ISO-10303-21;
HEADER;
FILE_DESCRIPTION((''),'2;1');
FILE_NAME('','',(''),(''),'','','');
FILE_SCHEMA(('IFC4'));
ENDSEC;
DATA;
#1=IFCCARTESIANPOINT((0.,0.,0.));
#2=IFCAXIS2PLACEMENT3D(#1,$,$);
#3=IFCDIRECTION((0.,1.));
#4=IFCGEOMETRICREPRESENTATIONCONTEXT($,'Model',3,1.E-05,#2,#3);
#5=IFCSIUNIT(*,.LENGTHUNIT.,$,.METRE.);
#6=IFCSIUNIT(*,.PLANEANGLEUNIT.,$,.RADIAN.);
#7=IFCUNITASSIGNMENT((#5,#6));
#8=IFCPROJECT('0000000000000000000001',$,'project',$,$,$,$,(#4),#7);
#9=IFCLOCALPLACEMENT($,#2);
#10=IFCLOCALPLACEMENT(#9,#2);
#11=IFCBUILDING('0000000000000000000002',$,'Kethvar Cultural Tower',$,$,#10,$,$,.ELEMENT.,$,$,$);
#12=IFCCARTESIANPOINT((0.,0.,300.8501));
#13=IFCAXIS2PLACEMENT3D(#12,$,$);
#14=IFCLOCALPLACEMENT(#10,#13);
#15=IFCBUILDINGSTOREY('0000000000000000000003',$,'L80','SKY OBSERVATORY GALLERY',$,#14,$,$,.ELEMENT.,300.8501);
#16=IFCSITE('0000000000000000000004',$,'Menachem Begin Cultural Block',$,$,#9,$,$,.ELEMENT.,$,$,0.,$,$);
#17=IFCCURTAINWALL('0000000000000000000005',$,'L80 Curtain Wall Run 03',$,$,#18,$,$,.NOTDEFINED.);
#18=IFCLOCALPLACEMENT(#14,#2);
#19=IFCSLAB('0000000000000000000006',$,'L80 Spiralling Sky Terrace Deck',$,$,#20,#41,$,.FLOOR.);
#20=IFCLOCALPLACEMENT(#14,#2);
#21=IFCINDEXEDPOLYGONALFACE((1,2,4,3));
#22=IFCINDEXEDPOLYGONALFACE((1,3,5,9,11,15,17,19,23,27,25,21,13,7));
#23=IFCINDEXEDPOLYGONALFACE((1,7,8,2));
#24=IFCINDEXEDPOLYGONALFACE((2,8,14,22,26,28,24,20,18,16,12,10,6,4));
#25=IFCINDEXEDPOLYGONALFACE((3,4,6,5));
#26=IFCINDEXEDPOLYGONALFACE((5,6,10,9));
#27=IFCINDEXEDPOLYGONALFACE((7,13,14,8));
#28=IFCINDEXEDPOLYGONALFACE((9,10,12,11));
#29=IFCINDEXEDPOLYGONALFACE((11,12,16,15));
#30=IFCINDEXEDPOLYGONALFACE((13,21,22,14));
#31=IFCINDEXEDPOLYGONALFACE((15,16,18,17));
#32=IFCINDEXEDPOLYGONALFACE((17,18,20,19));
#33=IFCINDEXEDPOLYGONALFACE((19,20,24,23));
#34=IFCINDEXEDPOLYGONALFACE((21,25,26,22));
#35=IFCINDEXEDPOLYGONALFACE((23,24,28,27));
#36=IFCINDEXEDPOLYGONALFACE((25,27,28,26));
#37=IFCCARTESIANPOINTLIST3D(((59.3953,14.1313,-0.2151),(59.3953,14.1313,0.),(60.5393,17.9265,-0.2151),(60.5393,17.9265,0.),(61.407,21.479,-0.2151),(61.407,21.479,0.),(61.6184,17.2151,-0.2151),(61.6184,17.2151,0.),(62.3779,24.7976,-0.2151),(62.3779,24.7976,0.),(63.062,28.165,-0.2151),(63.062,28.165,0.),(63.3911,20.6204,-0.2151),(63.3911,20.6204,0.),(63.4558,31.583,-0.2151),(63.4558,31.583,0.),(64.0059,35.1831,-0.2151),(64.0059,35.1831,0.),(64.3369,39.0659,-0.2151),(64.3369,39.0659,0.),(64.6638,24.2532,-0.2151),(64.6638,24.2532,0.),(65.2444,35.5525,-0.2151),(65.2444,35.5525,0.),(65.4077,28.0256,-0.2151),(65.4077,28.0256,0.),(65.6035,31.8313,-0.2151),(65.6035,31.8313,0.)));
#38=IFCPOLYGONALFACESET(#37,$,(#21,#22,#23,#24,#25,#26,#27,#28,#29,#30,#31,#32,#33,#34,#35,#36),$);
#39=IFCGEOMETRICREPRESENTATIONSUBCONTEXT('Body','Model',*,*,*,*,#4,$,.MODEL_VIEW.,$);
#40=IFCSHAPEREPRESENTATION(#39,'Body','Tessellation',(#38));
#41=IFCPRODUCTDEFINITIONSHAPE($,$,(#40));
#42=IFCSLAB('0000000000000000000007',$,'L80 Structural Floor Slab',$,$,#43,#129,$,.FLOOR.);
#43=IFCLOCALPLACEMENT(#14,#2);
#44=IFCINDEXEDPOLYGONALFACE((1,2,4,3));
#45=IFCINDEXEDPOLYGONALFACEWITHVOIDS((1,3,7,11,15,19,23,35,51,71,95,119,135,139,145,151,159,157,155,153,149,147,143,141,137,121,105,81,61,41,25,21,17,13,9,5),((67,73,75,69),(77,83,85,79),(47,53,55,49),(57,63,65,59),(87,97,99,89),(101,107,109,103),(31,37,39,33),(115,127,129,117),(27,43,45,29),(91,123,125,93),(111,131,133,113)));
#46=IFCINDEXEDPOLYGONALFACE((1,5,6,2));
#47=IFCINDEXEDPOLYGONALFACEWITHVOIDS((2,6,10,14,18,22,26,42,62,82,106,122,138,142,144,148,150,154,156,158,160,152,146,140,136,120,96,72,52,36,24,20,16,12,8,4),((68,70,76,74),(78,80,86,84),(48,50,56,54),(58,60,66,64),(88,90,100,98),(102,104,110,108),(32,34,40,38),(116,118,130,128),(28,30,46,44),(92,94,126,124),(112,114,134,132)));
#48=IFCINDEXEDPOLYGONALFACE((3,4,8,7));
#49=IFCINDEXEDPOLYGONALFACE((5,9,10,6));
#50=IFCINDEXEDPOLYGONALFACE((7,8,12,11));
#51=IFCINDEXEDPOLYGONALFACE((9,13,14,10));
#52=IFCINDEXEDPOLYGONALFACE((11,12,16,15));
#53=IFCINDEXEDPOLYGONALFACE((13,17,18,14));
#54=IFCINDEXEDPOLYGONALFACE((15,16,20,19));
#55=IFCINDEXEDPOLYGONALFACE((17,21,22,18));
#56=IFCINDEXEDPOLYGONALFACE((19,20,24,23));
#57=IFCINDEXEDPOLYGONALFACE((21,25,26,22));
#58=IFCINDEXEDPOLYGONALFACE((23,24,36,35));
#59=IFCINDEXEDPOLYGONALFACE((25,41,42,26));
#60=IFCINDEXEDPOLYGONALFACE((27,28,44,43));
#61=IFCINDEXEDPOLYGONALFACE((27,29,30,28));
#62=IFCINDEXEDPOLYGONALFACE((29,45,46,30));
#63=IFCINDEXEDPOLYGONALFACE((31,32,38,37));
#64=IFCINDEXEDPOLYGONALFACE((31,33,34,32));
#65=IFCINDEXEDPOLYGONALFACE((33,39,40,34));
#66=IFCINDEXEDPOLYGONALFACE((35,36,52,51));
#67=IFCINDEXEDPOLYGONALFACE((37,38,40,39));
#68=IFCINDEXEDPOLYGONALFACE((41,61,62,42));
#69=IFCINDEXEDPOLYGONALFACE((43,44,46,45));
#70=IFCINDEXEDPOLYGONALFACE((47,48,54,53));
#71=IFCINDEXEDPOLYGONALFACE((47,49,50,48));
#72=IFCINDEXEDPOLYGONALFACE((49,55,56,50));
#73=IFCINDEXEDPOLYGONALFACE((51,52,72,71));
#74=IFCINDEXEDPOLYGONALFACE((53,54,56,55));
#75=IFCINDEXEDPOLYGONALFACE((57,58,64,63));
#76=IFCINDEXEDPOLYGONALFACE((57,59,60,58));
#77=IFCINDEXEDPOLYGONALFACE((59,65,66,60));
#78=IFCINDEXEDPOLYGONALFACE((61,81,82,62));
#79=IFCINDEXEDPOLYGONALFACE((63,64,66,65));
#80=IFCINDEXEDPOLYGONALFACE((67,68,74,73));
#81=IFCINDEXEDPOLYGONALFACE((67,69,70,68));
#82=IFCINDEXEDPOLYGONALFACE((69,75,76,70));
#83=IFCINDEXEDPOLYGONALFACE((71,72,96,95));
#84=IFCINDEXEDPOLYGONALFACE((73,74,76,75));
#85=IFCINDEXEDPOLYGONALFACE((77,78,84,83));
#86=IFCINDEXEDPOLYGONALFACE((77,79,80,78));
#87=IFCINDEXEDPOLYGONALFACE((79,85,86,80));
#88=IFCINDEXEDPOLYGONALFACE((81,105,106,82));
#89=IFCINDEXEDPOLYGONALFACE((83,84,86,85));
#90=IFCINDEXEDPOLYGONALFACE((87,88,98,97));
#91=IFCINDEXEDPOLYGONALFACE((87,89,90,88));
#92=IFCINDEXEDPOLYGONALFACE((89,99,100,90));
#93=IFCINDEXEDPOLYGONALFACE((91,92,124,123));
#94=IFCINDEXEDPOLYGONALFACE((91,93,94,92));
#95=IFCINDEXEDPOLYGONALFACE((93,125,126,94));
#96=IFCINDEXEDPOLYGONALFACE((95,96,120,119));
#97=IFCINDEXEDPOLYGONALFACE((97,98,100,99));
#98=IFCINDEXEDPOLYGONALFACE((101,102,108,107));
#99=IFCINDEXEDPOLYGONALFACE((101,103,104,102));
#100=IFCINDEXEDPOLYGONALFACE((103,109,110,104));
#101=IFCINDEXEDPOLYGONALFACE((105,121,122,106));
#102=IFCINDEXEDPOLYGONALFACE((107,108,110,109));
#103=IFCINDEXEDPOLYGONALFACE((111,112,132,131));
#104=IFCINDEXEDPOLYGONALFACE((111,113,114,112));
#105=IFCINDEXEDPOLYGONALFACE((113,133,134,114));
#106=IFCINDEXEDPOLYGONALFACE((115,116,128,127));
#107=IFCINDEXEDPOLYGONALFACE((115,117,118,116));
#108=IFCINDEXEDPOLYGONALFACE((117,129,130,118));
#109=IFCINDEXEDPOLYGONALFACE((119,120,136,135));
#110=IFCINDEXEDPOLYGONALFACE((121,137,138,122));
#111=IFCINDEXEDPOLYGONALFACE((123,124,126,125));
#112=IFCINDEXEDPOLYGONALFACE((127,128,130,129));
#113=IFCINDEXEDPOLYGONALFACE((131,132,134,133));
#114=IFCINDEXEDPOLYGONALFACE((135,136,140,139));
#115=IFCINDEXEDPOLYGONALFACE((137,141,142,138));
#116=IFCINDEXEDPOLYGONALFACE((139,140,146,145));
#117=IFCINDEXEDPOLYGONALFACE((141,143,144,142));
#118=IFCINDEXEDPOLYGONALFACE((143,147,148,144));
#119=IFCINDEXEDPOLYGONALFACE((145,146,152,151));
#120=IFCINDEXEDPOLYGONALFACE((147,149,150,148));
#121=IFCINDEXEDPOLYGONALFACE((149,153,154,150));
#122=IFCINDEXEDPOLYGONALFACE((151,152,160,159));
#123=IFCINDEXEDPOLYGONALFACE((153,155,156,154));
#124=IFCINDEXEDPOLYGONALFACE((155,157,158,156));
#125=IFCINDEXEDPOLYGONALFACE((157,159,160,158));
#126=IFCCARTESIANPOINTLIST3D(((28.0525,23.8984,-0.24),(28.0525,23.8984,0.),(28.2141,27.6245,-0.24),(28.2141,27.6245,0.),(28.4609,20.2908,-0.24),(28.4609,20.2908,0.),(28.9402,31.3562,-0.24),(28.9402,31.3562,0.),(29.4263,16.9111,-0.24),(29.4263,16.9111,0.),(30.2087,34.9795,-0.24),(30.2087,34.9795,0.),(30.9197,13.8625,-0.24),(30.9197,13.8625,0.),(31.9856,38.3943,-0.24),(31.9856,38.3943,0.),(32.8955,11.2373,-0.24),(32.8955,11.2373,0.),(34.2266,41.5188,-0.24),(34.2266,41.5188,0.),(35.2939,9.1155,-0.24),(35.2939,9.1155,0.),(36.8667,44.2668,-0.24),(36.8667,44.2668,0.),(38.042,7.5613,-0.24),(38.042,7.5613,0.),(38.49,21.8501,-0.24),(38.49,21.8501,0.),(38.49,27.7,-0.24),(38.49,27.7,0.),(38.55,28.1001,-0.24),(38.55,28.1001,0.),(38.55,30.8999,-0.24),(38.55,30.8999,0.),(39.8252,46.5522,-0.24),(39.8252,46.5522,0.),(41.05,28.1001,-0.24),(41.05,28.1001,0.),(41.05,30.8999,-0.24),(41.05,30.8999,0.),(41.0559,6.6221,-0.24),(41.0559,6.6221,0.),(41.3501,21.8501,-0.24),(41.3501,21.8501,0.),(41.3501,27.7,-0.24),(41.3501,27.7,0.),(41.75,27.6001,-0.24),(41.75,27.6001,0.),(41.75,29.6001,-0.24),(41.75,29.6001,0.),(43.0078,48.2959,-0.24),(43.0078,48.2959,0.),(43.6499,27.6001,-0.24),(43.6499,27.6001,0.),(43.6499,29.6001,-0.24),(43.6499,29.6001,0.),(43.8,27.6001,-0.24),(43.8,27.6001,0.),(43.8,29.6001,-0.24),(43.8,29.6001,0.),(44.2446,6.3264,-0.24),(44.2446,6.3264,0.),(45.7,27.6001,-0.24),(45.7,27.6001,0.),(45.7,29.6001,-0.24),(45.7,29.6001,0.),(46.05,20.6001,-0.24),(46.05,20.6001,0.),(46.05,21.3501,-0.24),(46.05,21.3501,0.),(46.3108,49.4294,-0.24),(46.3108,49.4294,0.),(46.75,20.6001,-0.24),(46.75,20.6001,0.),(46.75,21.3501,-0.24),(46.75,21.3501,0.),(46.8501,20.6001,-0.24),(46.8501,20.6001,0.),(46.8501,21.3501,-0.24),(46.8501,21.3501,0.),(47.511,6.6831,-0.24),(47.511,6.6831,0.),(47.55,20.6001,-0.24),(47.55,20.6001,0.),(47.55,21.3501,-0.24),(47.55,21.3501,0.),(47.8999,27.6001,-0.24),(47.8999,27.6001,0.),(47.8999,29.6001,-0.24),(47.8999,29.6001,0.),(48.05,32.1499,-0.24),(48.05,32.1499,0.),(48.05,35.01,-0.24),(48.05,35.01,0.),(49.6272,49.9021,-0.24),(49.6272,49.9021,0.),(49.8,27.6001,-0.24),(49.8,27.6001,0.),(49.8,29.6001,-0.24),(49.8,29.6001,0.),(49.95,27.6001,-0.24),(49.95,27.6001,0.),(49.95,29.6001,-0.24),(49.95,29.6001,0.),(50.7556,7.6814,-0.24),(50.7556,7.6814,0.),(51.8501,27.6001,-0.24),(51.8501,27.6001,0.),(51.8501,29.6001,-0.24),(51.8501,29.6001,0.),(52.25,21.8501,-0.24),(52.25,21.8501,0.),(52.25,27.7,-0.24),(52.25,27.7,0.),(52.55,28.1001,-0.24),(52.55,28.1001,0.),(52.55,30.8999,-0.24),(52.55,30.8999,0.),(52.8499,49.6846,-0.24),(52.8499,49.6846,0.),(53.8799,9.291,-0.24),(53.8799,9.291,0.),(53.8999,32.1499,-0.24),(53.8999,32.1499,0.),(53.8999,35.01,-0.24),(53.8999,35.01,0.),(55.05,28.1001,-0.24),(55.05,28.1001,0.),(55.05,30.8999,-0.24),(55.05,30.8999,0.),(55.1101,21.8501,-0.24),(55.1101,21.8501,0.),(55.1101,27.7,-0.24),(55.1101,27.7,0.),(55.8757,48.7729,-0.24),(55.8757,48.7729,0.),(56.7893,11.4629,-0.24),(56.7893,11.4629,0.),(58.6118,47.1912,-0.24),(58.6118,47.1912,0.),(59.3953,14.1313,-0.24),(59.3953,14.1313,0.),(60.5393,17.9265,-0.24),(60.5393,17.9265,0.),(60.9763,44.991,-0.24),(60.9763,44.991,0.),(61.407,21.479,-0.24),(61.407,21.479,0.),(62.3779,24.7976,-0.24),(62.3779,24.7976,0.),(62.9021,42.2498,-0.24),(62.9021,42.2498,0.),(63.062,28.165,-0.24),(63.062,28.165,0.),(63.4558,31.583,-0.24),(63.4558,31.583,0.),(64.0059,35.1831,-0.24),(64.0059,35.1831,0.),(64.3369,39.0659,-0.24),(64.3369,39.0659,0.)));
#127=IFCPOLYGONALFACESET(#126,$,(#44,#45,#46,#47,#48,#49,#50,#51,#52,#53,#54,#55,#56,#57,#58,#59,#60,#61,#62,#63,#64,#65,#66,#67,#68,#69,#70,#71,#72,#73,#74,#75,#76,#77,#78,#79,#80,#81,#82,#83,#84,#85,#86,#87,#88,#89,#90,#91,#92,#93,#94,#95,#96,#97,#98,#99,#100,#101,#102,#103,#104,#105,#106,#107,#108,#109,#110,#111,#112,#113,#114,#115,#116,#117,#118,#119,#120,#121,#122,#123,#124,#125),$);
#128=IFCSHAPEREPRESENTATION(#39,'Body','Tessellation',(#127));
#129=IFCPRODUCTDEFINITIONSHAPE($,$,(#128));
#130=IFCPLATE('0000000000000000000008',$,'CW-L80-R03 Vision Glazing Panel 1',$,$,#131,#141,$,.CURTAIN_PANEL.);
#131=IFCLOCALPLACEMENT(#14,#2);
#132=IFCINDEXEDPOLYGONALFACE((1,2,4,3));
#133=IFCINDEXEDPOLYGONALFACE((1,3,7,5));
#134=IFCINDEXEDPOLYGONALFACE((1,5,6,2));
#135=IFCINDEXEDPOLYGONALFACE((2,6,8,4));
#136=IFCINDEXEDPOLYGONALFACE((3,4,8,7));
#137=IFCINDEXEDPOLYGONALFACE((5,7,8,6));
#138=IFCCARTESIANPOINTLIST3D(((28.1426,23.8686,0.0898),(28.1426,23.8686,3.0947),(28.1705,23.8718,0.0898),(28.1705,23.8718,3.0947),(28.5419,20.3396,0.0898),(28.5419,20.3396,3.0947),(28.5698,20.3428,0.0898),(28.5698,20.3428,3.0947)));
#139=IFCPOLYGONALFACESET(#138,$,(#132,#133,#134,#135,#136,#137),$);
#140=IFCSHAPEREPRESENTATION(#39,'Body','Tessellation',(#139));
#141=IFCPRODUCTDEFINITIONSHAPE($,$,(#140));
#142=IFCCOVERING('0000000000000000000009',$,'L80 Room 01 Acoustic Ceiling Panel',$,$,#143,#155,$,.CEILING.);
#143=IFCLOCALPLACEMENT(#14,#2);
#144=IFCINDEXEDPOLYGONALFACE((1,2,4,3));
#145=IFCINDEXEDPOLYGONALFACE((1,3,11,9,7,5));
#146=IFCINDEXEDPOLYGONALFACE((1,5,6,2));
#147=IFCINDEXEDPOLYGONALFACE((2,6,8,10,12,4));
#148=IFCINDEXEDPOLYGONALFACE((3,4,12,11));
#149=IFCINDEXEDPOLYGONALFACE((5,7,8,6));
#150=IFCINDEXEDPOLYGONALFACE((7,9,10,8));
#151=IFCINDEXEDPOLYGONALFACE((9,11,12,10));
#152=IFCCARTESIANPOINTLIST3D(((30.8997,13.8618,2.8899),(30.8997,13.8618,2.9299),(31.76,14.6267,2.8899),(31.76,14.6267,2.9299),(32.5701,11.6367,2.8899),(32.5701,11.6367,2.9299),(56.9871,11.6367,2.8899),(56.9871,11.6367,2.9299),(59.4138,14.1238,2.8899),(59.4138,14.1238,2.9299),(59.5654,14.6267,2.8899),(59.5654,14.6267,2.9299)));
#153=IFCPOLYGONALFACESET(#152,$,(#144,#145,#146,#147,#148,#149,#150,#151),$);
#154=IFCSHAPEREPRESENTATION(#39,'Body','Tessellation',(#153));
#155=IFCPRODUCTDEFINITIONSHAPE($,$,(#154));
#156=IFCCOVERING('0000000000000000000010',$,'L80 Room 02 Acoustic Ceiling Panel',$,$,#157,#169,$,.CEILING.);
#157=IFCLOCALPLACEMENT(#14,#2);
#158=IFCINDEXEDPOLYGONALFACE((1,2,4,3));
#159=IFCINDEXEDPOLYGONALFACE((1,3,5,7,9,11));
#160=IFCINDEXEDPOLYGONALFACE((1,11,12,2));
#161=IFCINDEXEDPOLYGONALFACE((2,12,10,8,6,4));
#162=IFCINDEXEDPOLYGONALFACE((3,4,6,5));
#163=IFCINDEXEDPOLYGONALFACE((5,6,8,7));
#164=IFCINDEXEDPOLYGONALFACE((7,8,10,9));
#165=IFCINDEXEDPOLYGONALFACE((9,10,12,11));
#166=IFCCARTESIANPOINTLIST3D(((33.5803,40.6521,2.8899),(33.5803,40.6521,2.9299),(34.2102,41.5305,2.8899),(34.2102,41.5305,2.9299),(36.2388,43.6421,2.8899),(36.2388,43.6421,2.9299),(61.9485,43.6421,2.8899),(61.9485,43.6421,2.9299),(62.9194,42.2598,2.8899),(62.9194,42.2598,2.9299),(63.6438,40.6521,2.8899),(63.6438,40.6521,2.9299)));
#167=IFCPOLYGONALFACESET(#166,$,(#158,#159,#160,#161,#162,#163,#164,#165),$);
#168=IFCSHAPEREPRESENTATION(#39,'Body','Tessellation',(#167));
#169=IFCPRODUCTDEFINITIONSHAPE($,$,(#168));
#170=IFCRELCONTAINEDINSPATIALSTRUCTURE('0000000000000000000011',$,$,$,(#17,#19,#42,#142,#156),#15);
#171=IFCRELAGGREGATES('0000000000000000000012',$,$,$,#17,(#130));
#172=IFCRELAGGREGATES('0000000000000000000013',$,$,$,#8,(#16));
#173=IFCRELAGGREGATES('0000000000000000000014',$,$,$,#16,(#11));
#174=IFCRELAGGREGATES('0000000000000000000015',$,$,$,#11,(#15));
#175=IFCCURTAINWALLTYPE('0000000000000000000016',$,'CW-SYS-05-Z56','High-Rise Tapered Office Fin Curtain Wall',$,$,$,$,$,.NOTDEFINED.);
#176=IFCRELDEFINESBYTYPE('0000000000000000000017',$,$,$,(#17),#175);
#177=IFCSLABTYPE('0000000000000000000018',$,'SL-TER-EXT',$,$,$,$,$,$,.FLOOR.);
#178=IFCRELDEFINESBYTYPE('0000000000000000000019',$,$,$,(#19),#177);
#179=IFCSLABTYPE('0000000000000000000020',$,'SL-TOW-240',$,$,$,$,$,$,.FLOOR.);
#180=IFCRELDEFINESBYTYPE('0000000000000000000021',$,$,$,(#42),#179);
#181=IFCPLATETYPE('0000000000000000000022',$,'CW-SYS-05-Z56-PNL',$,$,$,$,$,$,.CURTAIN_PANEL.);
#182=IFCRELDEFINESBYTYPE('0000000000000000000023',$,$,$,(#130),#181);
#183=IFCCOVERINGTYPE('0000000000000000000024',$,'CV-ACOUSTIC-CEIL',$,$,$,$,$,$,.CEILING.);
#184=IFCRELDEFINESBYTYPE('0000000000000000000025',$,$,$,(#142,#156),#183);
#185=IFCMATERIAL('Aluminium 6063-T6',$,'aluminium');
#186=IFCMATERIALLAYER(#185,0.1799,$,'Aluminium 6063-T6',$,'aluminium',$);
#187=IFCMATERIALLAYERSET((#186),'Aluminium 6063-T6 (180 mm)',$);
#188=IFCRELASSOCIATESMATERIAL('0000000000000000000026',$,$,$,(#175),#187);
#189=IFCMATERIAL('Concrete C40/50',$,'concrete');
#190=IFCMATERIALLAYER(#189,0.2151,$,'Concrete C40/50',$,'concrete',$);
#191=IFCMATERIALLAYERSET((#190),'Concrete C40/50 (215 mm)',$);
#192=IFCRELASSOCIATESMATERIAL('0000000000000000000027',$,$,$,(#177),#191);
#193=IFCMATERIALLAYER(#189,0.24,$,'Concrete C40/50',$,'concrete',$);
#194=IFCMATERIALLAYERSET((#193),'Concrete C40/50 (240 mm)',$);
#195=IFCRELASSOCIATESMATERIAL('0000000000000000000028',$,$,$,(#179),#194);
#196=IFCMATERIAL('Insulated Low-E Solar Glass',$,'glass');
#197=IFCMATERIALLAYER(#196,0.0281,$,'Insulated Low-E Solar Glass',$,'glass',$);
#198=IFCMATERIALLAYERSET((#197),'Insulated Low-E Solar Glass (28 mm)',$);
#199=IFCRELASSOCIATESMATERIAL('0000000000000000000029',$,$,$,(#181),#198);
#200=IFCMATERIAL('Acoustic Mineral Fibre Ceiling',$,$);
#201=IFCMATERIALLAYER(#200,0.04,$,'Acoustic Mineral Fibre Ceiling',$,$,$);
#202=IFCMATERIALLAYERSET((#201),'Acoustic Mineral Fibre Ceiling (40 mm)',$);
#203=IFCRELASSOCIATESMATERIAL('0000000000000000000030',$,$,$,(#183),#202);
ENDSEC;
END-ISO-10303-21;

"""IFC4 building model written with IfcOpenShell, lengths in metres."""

from ifc_helpers import new_model, si_unit, direction, frame, origin, origin_2d, place, context, subcontext, project, spatial, polyline, rectangle, outline, extrude, source, transform, mapped, material, layer, layer_set, type_object, element, aggregate, save


model = new_model("IFC4")

# Units and contexts
model_context = context("Model", 3, precision=1e-05, world=origin(), true_north=direction((0.0, 1.0)))
body_context = subcontext(model_context, "Body", "Model", "MODEL_VIEW")
ifc_project = project(units=[si_unit("LENGTHUNIT", "METRE"), si_unit("PLANEANGLEUNIT", "RADIAN")], contexts=[model_context])

# Site, building, storey
site_placement = place(None, origin())
site = spatial("IfcSite", under=ifc_project, at=site_placement, Name="Menachem Begin Cultural Block", CompositionType="ELEMENT", RefElevation=0.0)
building_placement = place(site_placement, origin())
building = spatial("IfcBuilding", under=site, at=building_placement, Name="Kethvar Cultural Tower", CompositionType="ELEMENT")
storey_placement = place(building_placement, frame((0.0, 0.0, 300.8501)))
storey = spatial("IfcBuildingStorey", under=building, at=storey_placement, Name="L80", Description="SKY OBSERVATORY GALLERY", CompositionType="ELEMENT", Elevation=300.8501)

# Shared definitions
ifc_material_1 = material(Name="Aluminium 6063-T6", Category="aluminium")
ifc_layer_1 = layer(ifc_material_1, 0.1799, Name="Aluminium 6063-T6", Category="aluminium")
ifc_layer_set_1 = layer_set([ifc_layer_1], Name="Aluminium 6063-T6 (180 mm)")
curtain_wall_type = type_object("IfcCurtainWallType", Name="CW-SYS-05-Z56", Description="High-Rise Tapered Office Fin Curtain Wall", PredefinedType="NOTDEFINED", material=ifc_layer_set_1)

# Curtain wall
curtain_wall_1_placement = place(storey_placement, origin())
curtain_wall_1 = element("IfcCurtainWall", 1, at=curtain_wall_1_placement, inside=storey, type_object=curtain_wall_type, Name="L80 Curtain Wall Run 03", PredefinedType="NOTDEFINED")

# Shared definitions
ifc_material_2 = material(Name="Concrete C40/50", Category="concrete")

# Slabs
ifc_layer_2 = layer(ifc_material_2, 0.2151, Name="Concrete C40/50", Category="concrete")
ifc_layer_set_2 = layer_set([ifc_layer_2], Name="Concrete C40/50 (215 mm)")
slab_type_1 = type_object("IfcSlabType", Name="SL-TER-EXT", PredefinedType="FLOOR", material=ifc_layer_set_2)
slab_1_placement = place(storey_placement, frame((0.0, 0.0, -0.2151)))
element("IfcSlab", 2, at=slab_1_placement, inside=storey, type_object=slab_type_1, Name="L80 Spiralling Sky Terrace Deck", PredefinedType="FLOOR", context=body_context, shape_type="SweptSolid", body=[
    extrude(outline(polyline([(59.3953, 14.1313), (61.6184, 17.2151), (63.3911, 20.6204), (64.6638, 24.2532), (65.4077, 28.0256), (65.6035, 31.8313), (65.2444, 35.5525), (64.3369, 39.0659), (64.0059, 35.1831), (63.4558, 31.583), (63.062, 28.165), (62.3779, 24.7976), (61.407, 21.479), (60.5393, 17.9265), (59.3953, 14.1313)])), origin(), (0.0, 0.0, 1.0), 0.2151),
])
ifc_layer_3 = layer(ifc_material_2, 0.24, Name="Concrete C40/50", Category="concrete")
ifc_layer_set_3 = layer_set([ifc_layer_3], Name="Concrete C40/50 (240 mm)")
slab_type_2 = type_object("IfcSlabType", Name="SL-TOW-240", PredefinedType="FLOOR", material=ifc_layer_set_3)
slab_2_placement = place(storey_placement, frame((0.0, 0.0, -0.24)))
element("IfcSlab", 3, at=slab_2_placement, inside=storey, type_object=slab_type_2, Name="L80 Structural Floor Slab", PredefinedType="FLOOR", context=body_context, shape_type="SweptSolid", body=[
    extrude(outline(polyline([(55.8757, 48.7729), (52.8499, 49.6846), (49.6272, 49.9021), (46.3108, 49.4294), (43.0078, 48.2959), (39.8252, 46.5522), (36.8667, 44.2668), (34.2266, 41.5188), (31.9856, 38.3943), (30.2087, 34.9795), (28.9402, 31.3562), (28.2141, 27.6245), (28.0525, 23.8984), (28.4609, 20.2908), (29.4263, 16.9111), (30.9197, 13.8625), (32.8955, 11.2373), (35.2939, 9.1155), (38.042, 7.5613), (41.0559, 6.6221), (44.2446, 6.3264), (47.511, 6.6831), (50.7556, 7.6814), (53.8799, 9.291), (56.7893, 11.4629), (59.3953, 14.1313), (60.5393, 17.9265), (61.407, 21.479), (62.3779, 24.7976), (63.062, 28.165), (63.4558, 31.583), (64.0059, 35.1831), (64.3369, 39.0659), (62.9021, 42.2498), (60.9763, 44.991), (58.6118, 47.1912), (55.8757, 48.7729)]), holes=[polyline([(38.49, 21.8501), (38.49, 27.7), (41.3501, 27.7), (41.3501, 21.8501), (38.49, 21.8501)]), polyline([(52.25, 21.8501), (52.25, 27.7), (55.1101, 27.7), (55.1101, 21.8501), (52.25, 21.8501)]), polyline([(53.8999, 32.1499), (48.05, 32.1499), (48.05, 35.01), (53.8999, 35.01), (53.8999, 32.1499)]), polyline([(41.75, 29.6001), (43.6499, 29.6001), (43.6499, 27.6001), (41.75, 27.6001), (41.75, 29.6001)]), polyline([(43.8, 29.6001), (45.7, 29.6001), (45.7, 27.6001), (43.8, 27.6001), (43.8, 29.6001)]), polyline([(47.8999, 29.6001), (49.8, 29.6001), (49.8, 27.6001), (47.8999, 27.6001), (47.8999, 29.6001)]), polyline([(49.95, 29.6001), (51.8501, 29.6001), (51.8501, 27.6001), (49.95, 27.6001), (49.95, 29.6001)]), polyline([(38.55, 30.8999), (41.05, 30.8999), (41.05, 28.1001), (38.55, 28.1001), (38.55, 30.8999)]), polyline([(52.55, 30.8999), (55.05, 30.8999), (55.05, 28.1001), (52.55, 28.1001), (52.55, 30.8999)]), polyline([(46.05, 21.3501), (46.75, 21.3501), (46.75, 20.6001), (46.05, 20.6001), (46.05, 21.3501)]), polyline([(46.8501, 21.3501), (47.55, 21.3501), (47.55, 20.6001), (46.8501, 20.6001), (46.8501, 21.3501)])]), origin(), (0.0, 0.0, 1.0), 0.24),
])

# Plate
ifc_material_3 = material(Name="Insulated Low-E Solar Glass", Category="glass")
ifc_layer_4 = layer(ifc_material_3, 0.0281, Name="Insulated Low-E Solar Glass", Category="glass")
ifc_layer_set_4 = layer_set([ifc_layer_4], Name="Insulated Low-E Solar Glass (28 mm)")
plate_type = type_object("IfcPlateType", Name="CW-SYS-05-Z56-PNL", PredefinedType="CURTAIN_PANEL", material=ifc_layer_set_4)
shared_shape_1 = source(origin(), body_context, "Body", "SweptSolid", [
    extrude(rectangle(XDim=3.5515, YDim=0.0281, at=origin_2d()), origin(), (0.0, 0.0, 1.0), 3.0049),
])
plate_placement = place(storey_placement, frame((28.3562, 22.1057, 0.0898), z_axis=(0.0, 0.0, 1.0), x_axis=(0.112458, -0.993657, 0.0)))
plate = element("IfcPlate", 4, at=plate_placement, type_object=plate_type, Name="CW-L80-R03 Vision Glazing Panel 1", PredefinedType="CURTAIN_PANEL", context=body_context, shape_type="MappedRepresentation", body=[
    mapped(shared_shape_1, transform((0.0, 0.0, 0.0), scale=1.0)),
])
aggregate(curtain_wall_1, [plate])

# Coverings
ifc_material_4 = material(Name="Acoustic Mineral Fibre Ceiling")
ifc_layer_5 = layer(ifc_material_4, 0.04, Name="Acoustic Mineral Fibre Ceiling")
ifc_layer_set_5 = layer_set([ifc_layer_5], Name="Acoustic Mineral Fibre Ceiling (40 mm)")
covering_type_1 = type_object("IfcCoveringType", Name="CV-ACOUSTIC-CEIL", PredefinedType="CEILING", material=ifc_layer_set_5)
covering_1_placement = place(storey_placement, frame((0.0, 0.0, 2.8899)))
element("IfcCovering", 5, at=covering_1_placement, inside=storey, type_object=covering_type_1, Name="L80 Room 01 Acoustic Ceiling Panel", PredefinedType="CEILING", context=body_context, shape_type="SweptSolid", body=[
    extrude(outline(polyline([(59.4138, 14.1238), (56.9871, 11.6367), (32.5701, 11.6367), (30.8997, 13.8618), (31.76, 14.6267), (59.5654, 14.6267), (59.4138, 14.1238)])), origin(), (0.0, 0.0, 1.0), 0.04),
])
covering_2_placement = place(storey_placement, frame((0.0, 0.0, 2.8899)))
element("IfcCovering", 6, at=covering_2_placement, inside=storey, type_object=covering_type_1, Name="L80 Room 02 Acoustic Ceiling Panel", PredefinedType="CEILING", context=body_context, shape_type="SweptSolid", body=[
    extrude(outline(polyline([(34.2102, 41.5305), (36.2388, 43.6421), (61.9485, 43.6421), (62.9194, 42.2598), (63.6438, 40.6521), (33.5803, 40.6521), (34.2102, 41.5305)])), origin(), (0.0, 0.0, 1.0), 0.04),
])

save(model, "model.ifc")
